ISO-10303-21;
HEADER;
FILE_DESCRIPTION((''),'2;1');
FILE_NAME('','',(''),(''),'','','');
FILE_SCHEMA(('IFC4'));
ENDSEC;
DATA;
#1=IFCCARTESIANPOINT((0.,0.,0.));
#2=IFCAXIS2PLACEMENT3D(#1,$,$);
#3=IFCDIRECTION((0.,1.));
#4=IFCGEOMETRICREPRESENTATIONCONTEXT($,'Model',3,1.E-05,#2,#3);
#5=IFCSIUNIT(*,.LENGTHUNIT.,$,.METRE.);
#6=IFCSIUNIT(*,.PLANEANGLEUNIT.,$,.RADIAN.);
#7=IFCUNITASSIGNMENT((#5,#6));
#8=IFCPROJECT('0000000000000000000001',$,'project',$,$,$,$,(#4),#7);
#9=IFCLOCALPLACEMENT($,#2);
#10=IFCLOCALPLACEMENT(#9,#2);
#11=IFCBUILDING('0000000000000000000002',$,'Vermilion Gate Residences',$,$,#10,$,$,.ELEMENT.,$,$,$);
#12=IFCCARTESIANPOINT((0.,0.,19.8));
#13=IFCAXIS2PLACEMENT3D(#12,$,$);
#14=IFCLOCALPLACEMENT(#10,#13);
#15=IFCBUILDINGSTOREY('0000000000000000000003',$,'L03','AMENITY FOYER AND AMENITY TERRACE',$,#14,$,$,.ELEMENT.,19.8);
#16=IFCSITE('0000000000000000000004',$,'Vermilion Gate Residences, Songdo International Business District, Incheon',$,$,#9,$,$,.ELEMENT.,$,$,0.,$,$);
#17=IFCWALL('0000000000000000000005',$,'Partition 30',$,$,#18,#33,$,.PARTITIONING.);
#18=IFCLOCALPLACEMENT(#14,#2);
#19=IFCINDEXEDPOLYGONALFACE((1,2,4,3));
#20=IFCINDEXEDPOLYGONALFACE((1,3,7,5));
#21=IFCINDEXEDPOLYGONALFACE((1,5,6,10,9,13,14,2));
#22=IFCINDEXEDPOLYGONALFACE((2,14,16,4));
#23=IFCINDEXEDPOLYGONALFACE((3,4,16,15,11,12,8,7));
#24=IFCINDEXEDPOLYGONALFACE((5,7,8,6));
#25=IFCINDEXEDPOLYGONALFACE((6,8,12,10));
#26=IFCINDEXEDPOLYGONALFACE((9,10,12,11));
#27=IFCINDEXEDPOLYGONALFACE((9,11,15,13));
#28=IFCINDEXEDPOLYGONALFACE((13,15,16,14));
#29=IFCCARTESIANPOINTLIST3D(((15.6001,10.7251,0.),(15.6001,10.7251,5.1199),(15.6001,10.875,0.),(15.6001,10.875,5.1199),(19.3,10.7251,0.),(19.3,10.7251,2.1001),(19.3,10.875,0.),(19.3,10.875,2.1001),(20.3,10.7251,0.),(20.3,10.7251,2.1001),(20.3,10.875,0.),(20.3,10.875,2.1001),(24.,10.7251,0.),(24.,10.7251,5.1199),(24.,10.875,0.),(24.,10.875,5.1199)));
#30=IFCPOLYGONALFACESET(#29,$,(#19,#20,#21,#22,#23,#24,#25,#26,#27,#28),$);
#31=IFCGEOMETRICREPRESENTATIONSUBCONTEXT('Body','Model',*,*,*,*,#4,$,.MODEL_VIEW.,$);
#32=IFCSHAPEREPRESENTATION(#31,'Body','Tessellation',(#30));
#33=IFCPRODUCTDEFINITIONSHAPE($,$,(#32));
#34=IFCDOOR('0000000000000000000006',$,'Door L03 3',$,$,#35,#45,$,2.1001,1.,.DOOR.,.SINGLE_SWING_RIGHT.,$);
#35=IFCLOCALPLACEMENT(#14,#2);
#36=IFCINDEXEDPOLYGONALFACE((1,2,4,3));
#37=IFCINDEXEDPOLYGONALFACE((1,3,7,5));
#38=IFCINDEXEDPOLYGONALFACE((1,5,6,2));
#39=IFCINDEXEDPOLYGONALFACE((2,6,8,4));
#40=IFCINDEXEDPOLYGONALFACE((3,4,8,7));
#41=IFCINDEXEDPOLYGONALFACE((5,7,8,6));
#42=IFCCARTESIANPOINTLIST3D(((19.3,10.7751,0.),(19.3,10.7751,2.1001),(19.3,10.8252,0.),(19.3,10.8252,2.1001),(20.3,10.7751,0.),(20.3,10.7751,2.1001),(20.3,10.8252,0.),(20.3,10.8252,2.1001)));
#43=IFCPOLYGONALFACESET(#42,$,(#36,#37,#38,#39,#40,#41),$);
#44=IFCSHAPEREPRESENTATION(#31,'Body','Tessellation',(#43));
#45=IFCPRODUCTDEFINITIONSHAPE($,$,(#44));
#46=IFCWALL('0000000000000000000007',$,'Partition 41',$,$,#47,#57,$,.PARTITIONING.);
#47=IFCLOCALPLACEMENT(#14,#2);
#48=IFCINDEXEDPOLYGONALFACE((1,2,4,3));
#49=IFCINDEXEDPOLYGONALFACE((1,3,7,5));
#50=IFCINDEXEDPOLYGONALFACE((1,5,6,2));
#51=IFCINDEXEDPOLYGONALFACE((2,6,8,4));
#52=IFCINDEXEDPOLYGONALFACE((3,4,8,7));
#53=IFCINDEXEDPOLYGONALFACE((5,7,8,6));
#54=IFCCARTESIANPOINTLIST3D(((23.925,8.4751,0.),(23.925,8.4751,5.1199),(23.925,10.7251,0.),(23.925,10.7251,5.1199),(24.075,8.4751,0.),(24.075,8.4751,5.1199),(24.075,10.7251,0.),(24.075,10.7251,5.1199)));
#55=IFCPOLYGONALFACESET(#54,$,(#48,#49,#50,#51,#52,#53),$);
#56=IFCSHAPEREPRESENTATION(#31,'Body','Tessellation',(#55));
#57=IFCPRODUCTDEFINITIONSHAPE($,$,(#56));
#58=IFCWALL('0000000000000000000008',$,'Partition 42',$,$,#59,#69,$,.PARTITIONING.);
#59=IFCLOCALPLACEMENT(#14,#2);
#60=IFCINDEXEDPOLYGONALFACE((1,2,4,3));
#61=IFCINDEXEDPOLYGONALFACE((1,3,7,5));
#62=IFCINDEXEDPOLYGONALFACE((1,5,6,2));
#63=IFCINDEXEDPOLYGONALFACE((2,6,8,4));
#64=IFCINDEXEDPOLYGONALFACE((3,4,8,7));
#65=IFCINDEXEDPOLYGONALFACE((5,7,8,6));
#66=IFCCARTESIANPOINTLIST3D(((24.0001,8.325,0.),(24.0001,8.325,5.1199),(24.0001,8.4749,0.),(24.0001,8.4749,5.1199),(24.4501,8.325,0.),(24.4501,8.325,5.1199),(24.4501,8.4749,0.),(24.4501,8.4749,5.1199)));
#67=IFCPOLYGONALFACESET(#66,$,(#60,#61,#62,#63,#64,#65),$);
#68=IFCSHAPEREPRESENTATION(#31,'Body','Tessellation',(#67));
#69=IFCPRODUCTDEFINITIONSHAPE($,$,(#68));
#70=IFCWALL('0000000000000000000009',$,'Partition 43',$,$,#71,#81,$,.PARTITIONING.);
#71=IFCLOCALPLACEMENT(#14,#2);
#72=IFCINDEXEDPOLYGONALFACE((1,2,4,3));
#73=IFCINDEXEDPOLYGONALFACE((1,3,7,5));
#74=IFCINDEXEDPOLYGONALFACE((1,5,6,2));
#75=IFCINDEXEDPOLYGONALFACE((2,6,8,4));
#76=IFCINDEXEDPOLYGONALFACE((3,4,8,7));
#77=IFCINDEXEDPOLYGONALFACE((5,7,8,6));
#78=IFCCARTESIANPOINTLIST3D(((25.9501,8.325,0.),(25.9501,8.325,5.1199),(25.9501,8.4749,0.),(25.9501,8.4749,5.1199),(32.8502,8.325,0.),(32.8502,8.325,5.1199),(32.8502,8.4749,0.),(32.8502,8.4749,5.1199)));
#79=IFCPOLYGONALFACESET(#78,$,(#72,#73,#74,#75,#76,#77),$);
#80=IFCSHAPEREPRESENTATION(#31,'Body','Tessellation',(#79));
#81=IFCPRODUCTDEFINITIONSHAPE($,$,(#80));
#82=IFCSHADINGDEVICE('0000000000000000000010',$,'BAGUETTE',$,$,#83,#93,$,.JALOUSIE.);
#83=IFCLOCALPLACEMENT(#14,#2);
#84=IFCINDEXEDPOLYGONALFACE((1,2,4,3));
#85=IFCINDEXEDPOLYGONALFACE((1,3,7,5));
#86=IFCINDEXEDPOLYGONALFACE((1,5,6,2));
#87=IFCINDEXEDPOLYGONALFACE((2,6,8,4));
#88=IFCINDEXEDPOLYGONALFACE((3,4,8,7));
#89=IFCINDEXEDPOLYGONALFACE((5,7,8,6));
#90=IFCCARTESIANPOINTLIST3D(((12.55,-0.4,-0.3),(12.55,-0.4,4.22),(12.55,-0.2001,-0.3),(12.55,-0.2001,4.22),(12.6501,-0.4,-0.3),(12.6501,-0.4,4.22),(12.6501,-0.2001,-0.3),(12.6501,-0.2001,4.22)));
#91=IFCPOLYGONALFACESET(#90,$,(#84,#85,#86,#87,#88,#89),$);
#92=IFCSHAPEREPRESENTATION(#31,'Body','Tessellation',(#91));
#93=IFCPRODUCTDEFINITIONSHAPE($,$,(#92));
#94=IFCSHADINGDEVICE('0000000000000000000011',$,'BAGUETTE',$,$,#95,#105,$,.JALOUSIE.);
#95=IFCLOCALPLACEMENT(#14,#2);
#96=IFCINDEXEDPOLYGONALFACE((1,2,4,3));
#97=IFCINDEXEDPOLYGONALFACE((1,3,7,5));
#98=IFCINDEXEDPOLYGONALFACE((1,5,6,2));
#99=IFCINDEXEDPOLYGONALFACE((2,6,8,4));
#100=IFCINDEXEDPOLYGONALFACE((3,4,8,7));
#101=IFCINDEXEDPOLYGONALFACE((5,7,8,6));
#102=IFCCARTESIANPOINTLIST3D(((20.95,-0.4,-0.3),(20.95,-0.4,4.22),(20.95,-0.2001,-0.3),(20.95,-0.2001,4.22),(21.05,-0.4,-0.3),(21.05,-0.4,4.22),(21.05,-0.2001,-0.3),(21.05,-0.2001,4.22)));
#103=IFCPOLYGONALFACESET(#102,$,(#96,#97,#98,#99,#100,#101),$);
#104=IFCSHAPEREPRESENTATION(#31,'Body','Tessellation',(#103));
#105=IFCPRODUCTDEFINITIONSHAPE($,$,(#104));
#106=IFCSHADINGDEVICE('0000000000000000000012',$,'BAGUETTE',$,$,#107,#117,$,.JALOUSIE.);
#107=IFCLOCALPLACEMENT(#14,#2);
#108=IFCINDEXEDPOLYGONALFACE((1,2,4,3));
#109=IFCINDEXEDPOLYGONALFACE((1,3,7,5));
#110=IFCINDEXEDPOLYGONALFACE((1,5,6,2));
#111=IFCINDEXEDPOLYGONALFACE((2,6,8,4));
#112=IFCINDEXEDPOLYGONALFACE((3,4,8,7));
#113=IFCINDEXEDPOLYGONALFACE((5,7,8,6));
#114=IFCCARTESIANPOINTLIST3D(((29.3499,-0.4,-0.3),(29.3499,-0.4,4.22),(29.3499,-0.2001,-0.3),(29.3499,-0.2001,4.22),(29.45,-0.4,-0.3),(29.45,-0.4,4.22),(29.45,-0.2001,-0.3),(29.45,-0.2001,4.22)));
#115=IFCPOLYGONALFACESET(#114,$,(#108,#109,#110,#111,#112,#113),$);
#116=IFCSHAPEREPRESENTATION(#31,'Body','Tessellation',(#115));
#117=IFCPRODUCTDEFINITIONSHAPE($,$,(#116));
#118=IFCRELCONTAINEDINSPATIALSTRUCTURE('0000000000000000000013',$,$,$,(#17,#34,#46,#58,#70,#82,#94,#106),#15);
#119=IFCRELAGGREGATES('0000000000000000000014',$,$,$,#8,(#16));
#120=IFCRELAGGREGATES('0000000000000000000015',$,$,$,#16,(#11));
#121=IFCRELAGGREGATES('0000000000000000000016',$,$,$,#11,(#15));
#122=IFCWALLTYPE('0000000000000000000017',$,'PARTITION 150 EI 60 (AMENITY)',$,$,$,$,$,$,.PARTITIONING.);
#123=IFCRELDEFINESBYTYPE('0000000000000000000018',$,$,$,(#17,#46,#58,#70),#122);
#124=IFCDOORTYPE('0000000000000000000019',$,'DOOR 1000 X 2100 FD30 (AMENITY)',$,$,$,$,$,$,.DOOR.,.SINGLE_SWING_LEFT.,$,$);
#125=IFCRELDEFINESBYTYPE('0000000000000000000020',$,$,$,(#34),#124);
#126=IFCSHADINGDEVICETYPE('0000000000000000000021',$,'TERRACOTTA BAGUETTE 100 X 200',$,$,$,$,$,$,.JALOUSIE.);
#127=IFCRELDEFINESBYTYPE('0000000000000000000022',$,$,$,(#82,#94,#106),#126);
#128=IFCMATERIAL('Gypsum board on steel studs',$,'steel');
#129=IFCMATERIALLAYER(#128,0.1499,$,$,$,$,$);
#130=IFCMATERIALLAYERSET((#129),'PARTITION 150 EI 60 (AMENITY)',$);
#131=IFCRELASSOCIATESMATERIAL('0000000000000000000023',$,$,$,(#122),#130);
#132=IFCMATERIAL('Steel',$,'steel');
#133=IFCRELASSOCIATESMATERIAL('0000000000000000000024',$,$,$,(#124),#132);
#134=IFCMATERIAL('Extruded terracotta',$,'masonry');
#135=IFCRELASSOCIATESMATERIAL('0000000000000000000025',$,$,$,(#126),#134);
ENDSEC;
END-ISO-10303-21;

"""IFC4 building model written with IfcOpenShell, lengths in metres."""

from ifc_helpers import new_model, si_unit, direction, frame, frame_2d, origin, origin_2d, place, context, subcontext, project, spatial, rectangle, extrude, material, layer, layer_set, material_profile, profile_set, type_object, element, fill, save


model = new_model("IFC4")

# Units and contexts
model_context = context("Model", 3, precision=1e-05, world=origin(), true_north=direction((0.0, 1.0)))
body_context = subcontext(model_context, "Body", "Model", "MODEL_VIEW")
ifc_project = project(units=[si_unit("LENGTHUNIT", "METRE"), si_unit("PLANEANGLEUNIT", "RADIAN")], contexts=[model_context])

# Site, building, storey
site_placement = place(None, origin())
site = spatial("IfcSite", under=ifc_project, at=site_placement, Name="Vermilion Gate Residences, Songdo International Business District, Incheon", CompositionType="ELEMENT", RefElevation=0.0)
building_placement = place(site_placement, origin())
building = spatial("IfcBuilding", under=site, at=building_placement, Name="Vermilion Gate Residences", CompositionType="ELEMENT")
storey_placement = place(building_placement, frame((0.0, 0.0, 19.8)))
storey = spatial("IfcBuildingStorey", under=building, at=storey_placement, Name="L03", Description="AMENITY FOYER AND AMENITY TERRACE", CompositionType="ELEMENT", Elevation=19.8)

# Shared definitions
ifc_material_1 = material(Name="Gypsum board on steel studs", Category="steel")
ifc_layer_1 = layer(ifc_material_1, 0.1499)
ifc_layer_set_1 = layer_set([ifc_layer_1], Name="PARTITION 150 EI 60 (AMENITY)")
wall_type = type_object("IfcWallType", Name="PARTITION 150 EI 60 (AMENITY)", PredefinedType="PARTITIONING", material=ifc_layer_set_1)

# Wall, opening, door
wall_1_placement = place(storey_placement, frame((15.6001, 10.8, 0.0), z_axis=(0.0, 0.0, 1.0), x_axis=(1.0, 0.0, 0.0)))
wall_1 = element("IfcWall", 1, at=wall_1_placement, inside=storey, type_object=wall_type, Name="Partition 30", PredefinedType="PARTITIONING", context=body_context, shape_type="SweptSolid", body=[
    extrude(rectangle(XDim=8.3999, YDim=0.1499, at=frame_2d((4.2, 0.0))), origin(), (0.0, 0.0, 1.0), 5.1199),
])
opening_1_placement = place(wall_1_placement, frame((3.7, 0.0, 0.0)))
opening_1 = element("IfcOpeningElement", 2, at=opening_1_placement, cuts=wall_1, PredefinedType="OPENING", context=body_context, shape_type="SweptSolid", body=[
    extrude(rectangle(XDim=1.0, YDim=2.1001, at=frame_2d((0.5, 1.05))), frame((0.0, 0.085, 0.0), z_axis=(0.0, -1.0, 0.0), x_axis=(1.0, 0.0, 0.0)), (0.0, 0.0, 1.0), 0.1699),
])
ifc_material_2 = material(Name="Steel", Category="steel")
door_type_1 = type_object("IfcDoorType", Name="DOOR 1000 X 2100 FD30 (AMENITY)", OperationType="SINGLE_SWING_LEFT", PredefinedType="DOOR", material=ifc_material_2)
door_1_placement = place(opening_1_placement, frame((1.0, 0.0, 0.0), z_axis=(0.0, 0.0, 1.0), x_axis=(-1.0, 0.0, 0.0)))
door_1 = element("IfcDoor", 3, at=door_1_placement, inside=storey, type_object=door_type_1, Name="Door L03 3", OperationType="SINGLE_SWING_RIGHT", OverallHeight=2.1001, OverallWidth=1.0, PredefinedType="DOOR", context=body_context, shape_type="SweptSolid", body=[
    extrude(rectangle(XDim=1.0, YDim=2.1001, at=frame_2d((0.5, 1.05))), frame((0.0, 0.0249, 0.0), z_axis=(0.0, -1.0, 0.0), x_axis=(1.0, 0.0, 0.0)), (0.0, 0.0, 1.0), 0.05),
])
fill(opening_1, door_1)

# Walls
wall_2_placement = place(storey_placement, frame((24.0, 8.4751, 0.0), z_axis=(0.0, 0.0, 1.0), x_axis=(0.0, 1.0, 0.0)))
element("IfcWall", 4, at=wall_2_placement, inside=storey, type_object=wall_type, Name="Partition 41", PredefinedType="PARTITIONING", context=body_context, shape_type="SweptSolid", body=[
    extrude(rectangle(XDim=2.25, YDim=0.1499, at=frame_2d((1.125, 0.0))), origin(), (0.0, 0.0, 1.0), 5.1199),
])
wall_3_placement = place(storey_placement, frame((24.0, 8.3999, 0.0), z_axis=(0.0, 0.0, 1.0), x_axis=(1.0, 0.0, 0.0)))
element("IfcWall", 5, at=wall_3_placement, inside=storey, type_object=wall_type, Name="Partition 42", PredefinedType="PARTITIONING", context=body_context, shape_type="SweptSolid", body=[
    extrude(rectangle(XDim=0.45, YDim=0.1499, at=frame_2d((0.2251, 0.0))), origin(), (0.0, 0.0, 1.0), 5.1199),
])
wall_4_placement = place(storey_placement, frame((25.95, 8.3999, 0.0), z_axis=(0.0, 0.0, 1.0), x_axis=(1.0, 0.0, 0.0)))
element("IfcWall", 6, at=wall_4_placement, inside=storey, type_object=wall_type, Name="Partition 43", PredefinedType="PARTITIONING", context=body_context, shape_type="SweptSolid", body=[
    extrude(rectangle(XDim=6.9001, YDim=0.1499, at=frame_2d((3.4502, 0.0))), origin(), (0.0, 0.0, 1.0), 5.1199),
])

# Shading devices
ifc_material_3 = material(Name="Extruded terracotta", Category="masonry")
ifc_material_profile_1 = material_profile(ifc_material_3, rectangle(XDim=0.2, YDim=0.1001, at=origin_2d()), Name="BAGUETTE 100 X 200")
ifc_profile_set_1 = profile_set([ifc_material_profile_1], Name="Extruded terracotta")
shading_device_type = type_object("IfcShadingDeviceType", Name="TERRACOTTA BAGUETTE 100 X 200", PredefinedType="JALOUSIE", material=ifc_profile_set_1)
for number, where, z_axis, x_axis, name in (
    (7, (12.6001, -0.3, -0.3), (0.0, 0.0, 1.0), (0.0, 1.0, 0.0), "BAGUETTE"),
    (8, (21.0, -0.3, -0.3), (0.0, 0.0, 1.0), (0.0, 1.0, 0.0), "BAGUETTE"),
    (9, (29.3999, -0.3, -0.3), (0.0, 0.0, 1.0), (0.0, 1.0, 0.0), "BAGUETTE"),
):
    element("IfcShadingDevice", number, at=place(storey_placement, frame(where, z_axis=z_axis, x_axis=x_axis)), inside=storey, type_object=shading_device_type, Name=name, PredefinedType="JALOUSIE", context=body_context, shape_type="SweptSolid", body=[
        extrude(rectangle(XDim=0.2, YDim=0.1001, at=origin_2d()), origin(), (0.0, 0.0, 1.0), 4.52),
    ])

save(model, "model.ifc")
